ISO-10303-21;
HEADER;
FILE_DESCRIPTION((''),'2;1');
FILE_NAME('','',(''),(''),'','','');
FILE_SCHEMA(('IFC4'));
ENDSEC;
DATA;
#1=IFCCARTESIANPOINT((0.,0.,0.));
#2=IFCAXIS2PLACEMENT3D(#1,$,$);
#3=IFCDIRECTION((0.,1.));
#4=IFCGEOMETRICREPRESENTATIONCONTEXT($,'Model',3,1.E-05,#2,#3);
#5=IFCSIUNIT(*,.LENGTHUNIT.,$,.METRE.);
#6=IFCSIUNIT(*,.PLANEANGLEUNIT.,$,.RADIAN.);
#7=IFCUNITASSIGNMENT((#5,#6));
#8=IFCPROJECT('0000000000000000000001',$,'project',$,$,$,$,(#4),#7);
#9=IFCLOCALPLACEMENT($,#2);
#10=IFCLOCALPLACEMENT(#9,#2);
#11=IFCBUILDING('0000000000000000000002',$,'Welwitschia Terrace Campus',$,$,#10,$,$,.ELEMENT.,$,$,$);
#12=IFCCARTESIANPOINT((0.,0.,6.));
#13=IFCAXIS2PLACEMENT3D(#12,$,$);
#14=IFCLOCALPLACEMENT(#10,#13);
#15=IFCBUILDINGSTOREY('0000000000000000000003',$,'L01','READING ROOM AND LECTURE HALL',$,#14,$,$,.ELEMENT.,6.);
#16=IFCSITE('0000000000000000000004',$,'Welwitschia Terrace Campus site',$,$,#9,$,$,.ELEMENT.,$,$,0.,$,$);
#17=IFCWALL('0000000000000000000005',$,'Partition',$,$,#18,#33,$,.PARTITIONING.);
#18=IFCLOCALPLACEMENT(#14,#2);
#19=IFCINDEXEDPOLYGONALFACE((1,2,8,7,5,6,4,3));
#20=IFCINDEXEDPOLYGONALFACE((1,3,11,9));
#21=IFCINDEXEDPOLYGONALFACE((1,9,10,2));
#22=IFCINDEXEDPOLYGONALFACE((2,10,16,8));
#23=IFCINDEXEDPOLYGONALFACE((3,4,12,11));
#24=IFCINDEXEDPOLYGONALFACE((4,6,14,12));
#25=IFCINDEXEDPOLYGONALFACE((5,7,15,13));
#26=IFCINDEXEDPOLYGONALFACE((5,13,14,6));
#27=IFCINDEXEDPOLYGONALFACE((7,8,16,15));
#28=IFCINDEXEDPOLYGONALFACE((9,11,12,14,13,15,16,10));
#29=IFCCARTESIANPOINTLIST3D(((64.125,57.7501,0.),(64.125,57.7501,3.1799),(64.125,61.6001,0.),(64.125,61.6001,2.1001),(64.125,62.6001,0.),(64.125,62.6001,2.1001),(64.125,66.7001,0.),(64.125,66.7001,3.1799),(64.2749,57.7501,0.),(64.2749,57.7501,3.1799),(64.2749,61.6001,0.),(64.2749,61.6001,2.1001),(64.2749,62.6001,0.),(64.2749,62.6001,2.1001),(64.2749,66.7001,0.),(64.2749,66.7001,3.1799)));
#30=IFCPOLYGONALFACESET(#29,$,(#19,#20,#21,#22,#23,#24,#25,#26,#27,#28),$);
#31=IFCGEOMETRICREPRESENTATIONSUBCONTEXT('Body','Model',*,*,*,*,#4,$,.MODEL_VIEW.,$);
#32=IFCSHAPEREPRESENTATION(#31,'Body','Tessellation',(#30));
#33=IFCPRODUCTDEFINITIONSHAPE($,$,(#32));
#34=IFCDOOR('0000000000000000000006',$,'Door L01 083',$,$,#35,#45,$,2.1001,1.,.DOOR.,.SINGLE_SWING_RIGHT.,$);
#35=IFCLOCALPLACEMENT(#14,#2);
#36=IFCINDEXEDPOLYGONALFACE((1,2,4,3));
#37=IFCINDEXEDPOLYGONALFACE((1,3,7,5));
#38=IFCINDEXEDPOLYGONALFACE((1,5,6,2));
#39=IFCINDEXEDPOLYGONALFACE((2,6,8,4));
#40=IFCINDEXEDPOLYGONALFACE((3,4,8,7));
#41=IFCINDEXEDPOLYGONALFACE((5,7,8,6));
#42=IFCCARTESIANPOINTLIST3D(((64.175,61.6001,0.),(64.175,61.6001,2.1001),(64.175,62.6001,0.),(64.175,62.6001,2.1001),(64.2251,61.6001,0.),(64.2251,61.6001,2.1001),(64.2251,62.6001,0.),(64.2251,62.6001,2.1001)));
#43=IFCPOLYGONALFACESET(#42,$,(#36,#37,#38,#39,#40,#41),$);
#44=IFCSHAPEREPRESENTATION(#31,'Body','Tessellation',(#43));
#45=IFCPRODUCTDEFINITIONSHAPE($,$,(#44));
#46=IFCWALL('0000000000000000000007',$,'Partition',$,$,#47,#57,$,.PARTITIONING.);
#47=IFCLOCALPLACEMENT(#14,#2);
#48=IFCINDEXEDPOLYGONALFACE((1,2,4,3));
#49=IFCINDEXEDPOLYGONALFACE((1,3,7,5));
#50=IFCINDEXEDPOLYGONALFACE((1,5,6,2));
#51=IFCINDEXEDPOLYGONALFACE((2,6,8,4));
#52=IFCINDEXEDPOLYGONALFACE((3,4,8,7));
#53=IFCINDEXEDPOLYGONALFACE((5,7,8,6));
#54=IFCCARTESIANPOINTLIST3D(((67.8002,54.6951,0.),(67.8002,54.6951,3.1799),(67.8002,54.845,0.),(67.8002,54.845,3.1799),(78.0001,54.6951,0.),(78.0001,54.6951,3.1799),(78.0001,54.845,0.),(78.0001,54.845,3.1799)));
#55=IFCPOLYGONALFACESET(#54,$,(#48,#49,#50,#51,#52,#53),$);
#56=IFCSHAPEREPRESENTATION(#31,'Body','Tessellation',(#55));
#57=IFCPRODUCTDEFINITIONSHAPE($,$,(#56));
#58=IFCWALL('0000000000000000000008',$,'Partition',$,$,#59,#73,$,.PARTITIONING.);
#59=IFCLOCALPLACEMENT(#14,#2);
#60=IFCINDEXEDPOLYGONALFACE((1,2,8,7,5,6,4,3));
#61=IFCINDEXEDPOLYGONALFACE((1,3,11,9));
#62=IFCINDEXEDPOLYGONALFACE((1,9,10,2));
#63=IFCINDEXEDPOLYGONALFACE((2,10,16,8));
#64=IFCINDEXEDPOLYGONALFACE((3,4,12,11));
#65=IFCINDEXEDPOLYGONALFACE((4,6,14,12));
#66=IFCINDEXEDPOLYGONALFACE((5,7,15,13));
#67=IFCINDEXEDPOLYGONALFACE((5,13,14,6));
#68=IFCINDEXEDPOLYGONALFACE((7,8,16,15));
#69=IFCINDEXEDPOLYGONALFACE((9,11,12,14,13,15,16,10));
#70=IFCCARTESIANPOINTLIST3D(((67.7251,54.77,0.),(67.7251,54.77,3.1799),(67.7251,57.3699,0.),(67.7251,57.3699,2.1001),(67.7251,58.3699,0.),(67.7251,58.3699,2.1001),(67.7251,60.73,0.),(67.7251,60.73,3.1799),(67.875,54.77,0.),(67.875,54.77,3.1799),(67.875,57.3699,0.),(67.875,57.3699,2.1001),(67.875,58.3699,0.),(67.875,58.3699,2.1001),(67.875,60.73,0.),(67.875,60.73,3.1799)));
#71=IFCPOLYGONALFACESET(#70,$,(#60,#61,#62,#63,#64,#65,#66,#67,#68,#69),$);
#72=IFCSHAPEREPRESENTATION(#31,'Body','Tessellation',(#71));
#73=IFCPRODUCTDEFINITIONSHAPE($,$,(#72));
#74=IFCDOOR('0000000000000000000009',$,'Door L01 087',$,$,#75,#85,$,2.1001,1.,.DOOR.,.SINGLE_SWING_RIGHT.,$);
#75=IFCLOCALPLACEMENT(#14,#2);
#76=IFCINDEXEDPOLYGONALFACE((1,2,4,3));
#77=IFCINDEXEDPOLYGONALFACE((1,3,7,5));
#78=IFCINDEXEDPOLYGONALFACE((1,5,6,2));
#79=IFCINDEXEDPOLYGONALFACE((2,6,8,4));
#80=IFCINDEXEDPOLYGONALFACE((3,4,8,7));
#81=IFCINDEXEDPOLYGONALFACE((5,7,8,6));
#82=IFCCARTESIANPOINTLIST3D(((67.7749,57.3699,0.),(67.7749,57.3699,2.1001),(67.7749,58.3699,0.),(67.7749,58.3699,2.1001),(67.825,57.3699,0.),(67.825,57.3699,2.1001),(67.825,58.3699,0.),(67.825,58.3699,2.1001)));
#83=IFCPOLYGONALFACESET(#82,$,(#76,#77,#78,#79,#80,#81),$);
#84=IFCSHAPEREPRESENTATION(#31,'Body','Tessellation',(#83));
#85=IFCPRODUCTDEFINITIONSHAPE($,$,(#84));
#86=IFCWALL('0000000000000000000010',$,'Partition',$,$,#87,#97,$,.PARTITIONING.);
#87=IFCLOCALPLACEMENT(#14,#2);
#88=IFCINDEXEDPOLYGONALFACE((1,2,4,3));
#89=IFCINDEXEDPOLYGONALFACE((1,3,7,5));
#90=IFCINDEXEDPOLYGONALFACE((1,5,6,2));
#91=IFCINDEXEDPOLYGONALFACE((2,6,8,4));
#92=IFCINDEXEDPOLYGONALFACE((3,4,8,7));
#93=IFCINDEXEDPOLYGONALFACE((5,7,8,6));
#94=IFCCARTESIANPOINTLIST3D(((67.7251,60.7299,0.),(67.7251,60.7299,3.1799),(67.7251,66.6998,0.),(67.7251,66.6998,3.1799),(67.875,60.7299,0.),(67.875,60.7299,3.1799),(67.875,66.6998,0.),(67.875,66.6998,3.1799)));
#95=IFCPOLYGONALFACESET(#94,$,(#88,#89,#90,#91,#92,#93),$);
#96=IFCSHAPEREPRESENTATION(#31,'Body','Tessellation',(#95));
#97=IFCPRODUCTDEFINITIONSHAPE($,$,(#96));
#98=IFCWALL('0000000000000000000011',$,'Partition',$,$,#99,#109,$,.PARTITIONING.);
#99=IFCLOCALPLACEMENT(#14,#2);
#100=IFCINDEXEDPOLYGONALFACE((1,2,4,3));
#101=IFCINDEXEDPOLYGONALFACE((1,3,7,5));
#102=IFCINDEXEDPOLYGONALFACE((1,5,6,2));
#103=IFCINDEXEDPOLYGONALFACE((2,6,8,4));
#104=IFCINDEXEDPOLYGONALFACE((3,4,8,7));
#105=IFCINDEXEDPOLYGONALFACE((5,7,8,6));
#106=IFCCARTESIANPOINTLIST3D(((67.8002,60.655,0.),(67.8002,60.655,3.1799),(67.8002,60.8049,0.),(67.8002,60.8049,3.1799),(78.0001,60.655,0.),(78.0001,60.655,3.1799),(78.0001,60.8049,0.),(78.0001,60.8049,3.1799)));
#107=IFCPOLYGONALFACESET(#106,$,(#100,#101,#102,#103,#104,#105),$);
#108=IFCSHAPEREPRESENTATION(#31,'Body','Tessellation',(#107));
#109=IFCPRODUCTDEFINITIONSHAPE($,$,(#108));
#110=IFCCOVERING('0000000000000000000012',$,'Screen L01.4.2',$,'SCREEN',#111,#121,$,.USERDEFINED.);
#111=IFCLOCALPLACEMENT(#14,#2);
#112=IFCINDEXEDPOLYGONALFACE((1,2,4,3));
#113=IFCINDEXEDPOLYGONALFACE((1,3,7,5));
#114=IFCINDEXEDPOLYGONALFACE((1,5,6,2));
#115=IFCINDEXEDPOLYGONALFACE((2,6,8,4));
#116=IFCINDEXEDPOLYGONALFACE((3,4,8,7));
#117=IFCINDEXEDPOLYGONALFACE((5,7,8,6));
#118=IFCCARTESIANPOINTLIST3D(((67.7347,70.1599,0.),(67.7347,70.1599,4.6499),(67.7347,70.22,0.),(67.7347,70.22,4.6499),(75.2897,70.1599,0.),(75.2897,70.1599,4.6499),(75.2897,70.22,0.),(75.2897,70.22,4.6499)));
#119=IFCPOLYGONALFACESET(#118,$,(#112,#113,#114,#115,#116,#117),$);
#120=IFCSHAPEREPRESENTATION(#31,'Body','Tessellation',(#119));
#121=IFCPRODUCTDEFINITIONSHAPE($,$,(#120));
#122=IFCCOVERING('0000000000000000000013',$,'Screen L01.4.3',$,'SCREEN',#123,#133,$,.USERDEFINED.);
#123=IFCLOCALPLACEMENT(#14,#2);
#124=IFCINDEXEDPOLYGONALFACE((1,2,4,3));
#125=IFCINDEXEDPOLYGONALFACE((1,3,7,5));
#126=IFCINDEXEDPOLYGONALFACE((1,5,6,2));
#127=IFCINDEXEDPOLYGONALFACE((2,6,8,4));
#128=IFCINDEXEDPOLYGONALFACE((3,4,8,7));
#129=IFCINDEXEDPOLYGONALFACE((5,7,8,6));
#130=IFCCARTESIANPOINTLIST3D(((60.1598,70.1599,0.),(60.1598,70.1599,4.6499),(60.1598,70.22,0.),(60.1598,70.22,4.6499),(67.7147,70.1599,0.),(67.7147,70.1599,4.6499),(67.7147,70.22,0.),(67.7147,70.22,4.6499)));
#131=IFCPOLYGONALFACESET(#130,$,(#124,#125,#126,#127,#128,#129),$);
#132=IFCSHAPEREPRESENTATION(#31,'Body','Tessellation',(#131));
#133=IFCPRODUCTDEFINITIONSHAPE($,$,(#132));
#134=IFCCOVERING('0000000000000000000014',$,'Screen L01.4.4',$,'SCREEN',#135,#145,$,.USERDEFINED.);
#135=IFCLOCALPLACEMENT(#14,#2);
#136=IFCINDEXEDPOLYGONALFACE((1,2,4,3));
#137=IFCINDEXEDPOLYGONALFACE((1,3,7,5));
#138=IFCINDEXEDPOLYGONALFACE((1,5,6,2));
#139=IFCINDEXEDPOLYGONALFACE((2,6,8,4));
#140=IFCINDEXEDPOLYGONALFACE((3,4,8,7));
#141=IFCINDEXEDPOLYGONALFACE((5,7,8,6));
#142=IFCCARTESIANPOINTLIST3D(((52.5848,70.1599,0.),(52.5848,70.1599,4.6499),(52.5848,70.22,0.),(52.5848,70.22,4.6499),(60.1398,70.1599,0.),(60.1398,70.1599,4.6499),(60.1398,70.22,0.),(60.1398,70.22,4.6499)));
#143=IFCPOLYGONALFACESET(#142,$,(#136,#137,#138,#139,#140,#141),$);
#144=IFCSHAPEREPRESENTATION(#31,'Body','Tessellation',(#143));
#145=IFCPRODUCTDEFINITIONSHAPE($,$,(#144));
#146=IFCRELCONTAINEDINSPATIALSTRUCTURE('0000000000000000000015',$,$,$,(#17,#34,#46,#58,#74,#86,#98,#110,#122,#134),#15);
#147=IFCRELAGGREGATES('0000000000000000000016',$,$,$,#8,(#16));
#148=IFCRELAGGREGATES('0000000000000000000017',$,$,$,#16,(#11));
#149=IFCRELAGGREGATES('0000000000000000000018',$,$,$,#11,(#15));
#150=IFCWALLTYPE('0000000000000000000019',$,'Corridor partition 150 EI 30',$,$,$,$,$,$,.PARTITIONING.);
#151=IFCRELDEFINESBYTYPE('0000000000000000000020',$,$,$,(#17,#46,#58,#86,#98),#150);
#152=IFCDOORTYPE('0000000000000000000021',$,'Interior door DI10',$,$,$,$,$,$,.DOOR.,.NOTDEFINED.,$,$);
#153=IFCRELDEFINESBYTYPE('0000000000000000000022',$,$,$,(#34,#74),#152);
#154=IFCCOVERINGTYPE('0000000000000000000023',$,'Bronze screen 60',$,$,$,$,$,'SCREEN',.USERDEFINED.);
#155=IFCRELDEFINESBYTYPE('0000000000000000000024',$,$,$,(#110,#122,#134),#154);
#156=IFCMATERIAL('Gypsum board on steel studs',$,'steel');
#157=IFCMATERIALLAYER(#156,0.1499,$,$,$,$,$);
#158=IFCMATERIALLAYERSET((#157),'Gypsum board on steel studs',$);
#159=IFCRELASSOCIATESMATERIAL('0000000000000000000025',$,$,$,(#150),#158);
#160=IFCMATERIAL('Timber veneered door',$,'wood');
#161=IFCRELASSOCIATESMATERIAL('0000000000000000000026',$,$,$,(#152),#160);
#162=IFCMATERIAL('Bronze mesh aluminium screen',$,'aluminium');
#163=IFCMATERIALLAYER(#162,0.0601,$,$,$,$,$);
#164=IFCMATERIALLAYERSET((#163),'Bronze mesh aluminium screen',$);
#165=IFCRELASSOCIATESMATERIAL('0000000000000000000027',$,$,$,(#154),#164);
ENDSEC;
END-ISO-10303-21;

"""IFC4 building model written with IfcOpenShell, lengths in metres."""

from ifc_helpers import new_model, si_unit, direction, frame, frame_2d, origin, origin_2d, place, context, subcontext, project, spatial, rectangle, extrude, material, layer, layer_set, type_object, element, fill, save


model = new_model("IFC4")

# Units and contexts
model_context = context("Model", 3, precision=1e-05, world=origin(), true_north=direction((0.0, 1.0)))
body_context = subcontext(model_context, "Body", "Model", "MODEL_VIEW")
ifc_project = project(units=[si_unit("LENGTHUNIT", "METRE"), si_unit("PLANEANGLEUNIT", "RADIAN")], contexts=[model_context])

# Site, building, storey
site_placement = place(None, origin())
site = spatial("IfcSite", under=ifc_project, at=site_placement, Name="Welwitschia Terrace Campus site", CompositionType="ELEMENT", RefElevation=0.0)
building_placement = place(site_placement, origin())
building = spatial("IfcBuilding", under=site, at=building_placement, Name="Welwitschia Terrace Campus", CompositionType="ELEMENT")
storey_placement = place(building_placement, frame((0.0, 0.0, 6.0)))
storey = spatial("IfcBuildingStorey", under=building, at=storey_placement, Name="L01", Description="READING ROOM AND LECTURE HALL", CompositionType="ELEMENT", Elevation=6.0)

# Wall, opening, door
ifc_material_1 = material(Name="Gypsum board on steel studs", Category="steel")
ifc_layer_1 = layer(ifc_material_1, 0.1499)
ifc_layer_set_1 = layer_set([ifc_layer_1], Name="Gypsum board on steel studs")
wall_type = type_object("IfcWallType", Name="Corridor partition 150 EI 30", PredefinedType="PARTITIONING", material=ifc_layer_set_1)
wall_1_placement = place(storey_placement, frame((64.2, 57.75, 0.0), z_axis=(0.0, 0.0, 1.0), x_axis=(0.0, 1.0, 0.0)))
wall_1 = element("IfcWall", 1, at=wall_1_placement, inside=storey, type_object=wall_type, Name="Partition", PredefinedType="PARTITIONING", context=body_context, shape_type="SweptSolid", body=[
    extrude(rectangle(XDim=8.95, YDim=0.1499, at=frame_2d((4.4751, 0.0))), origin(), (0.0, 0.0, 1.0), 3.1799),
])
opening_1_placement = place(wall_1_placement, frame((3.8501, 0.0, 0.0)))
opening_1 = element("IfcOpeningElement", 2, at=opening_1_placement, cuts=wall_1, PredefinedType="OPENING", context=body_context, shape_type="SweptSolid", body=[
    extrude(rectangle(XDim=1.0, YDim=2.1001, at=frame_2d((0.5, 1.05))), frame((0.0, 0.085, 0.0), z_axis=(0.0, -1.0, 0.0), x_axis=(1.0, 0.0, 0.0)), (0.0, 0.0, 1.0), 0.1699),
])
ifc_material_2 = material(Name="Timber veneered door", Category="wood")
door_type = type_object("IfcDoorType", Name="Interior door DI10", OperationType="NOTDEFINED", PredefinedType="DOOR", material=ifc_material_2)
door_1_placement = place(opening_1_placement, origin())
door_1 = element("IfcDoor", 3, at=door_1_placement, inside=storey, type_object=door_type, Name="Door L01 083", OperationType="SINGLE_SWING_RIGHT", OverallHeight=2.1001, OverallWidth=1.0, PredefinedType="DOOR", context=body_context, shape_type="SweptSolid", body=[
    extrude(rectangle(XDim=1.0, YDim=2.1001, at=frame_2d((0.5, 1.05))), frame((0.0, 0.0249, 0.0), z_axis=(0.0, -1.0, 0.0), x_axis=(1.0, 0.0, 0.0)), (0.0, 0.0, 1.0), 0.05),
])
fill(opening_1, door_1)

# Wall
wall_2_placement = place(storey_placement, frame((67.8, 54.77, 0.0), z_axis=(0.0, 0.0, 1.0), x_axis=(1.0, 0.0, 0.0)))
element("IfcWall", 4, at=wall_2_placement, inside=storey, type_object=wall_type, Name="Partition", PredefinedType="PARTITIONING", context=body_context, shape_type="SweptSolid", body=[
    extrude(rectangle(XDim=10.2, YDim=0.1499, at=frame_2d((5.1001, 0.0))), origin(), (0.0, 0.0, 1.0), 3.1799),
])

# Wall, opening, door
wall_3_placement = place(storey_placement, frame((67.8, 60.73, 0.0), z_axis=(0.0, 0.0, 1.0), x_axis=(0.0, -1.0, 0.0)))
wall_3 = element("IfcWall", 5, at=wall_3_placement, inside=storey, type_object=wall_type, Name="Partition", PredefinedType="PARTITIONING", context=body_context, shape_type="SweptSolid", body=[
    extrude(rectangle(XDim=5.96, YDim=0.1499, at=frame_2d((2.98, 0.0))), origin(), (0.0, 0.0, 1.0), 3.1799),
])
opening_2_placement = place(wall_3_placement, frame((2.3601, 0.0, 0.0)))
opening_2 = element("IfcOpeningElement", 6, at=opening_2_placement, cuts=wall_3, PredefinedType="OPENING", context=body_context, shape_type="SweptSolid", body=[
    extrude(rectangle(XDim=1.0, YDim=2.1001, at=frame_2d((0.5, 1.05))), frame((0.0, 0.085, 0.0), z_axis=(0.0, -1.0, 0.0), x_axis=(1.0, 0.0, 0.0)), (0.0, 0.0, 1.0), 0.1699),
])
door_2_placement = place(opening_2_placement, origin())
door_2 = element("IfcDoor", 7, at=door_2_placement, inside=storey, type_object=door_type, Name="Door L01 087", OperationType="SINGLE_SWING_RIGHT", OverallHeight=2.1001, OverallWidth=1.0, PredefinedType="DOOR", context=body_context, shape_type="SweptSolid", body=[
    extrude(rectangle(XDim=1.0, YDim=2.1001, at=frame_2d((0.5, 1.05))), frame((0.0, 0.0249, 0.0), z_axis=(0.0, -1.0, 0.0), x_axis=(1.0, 0.0, 0.0)), (0.0, 0.0, 1.0), 0.05),
])
fill(opening_2, door_2)

# Walls
wall_4_placement = place(storey_placement, frame((67.8, 60.73, 0.0), z_axis=(0.0, 0.0, 1.0), x_axis=(0.0, 1.0, 0.0)))
element("IfcWall", 8, at=wall_4_placement, inside=storey, type_object=wall_type, Name="Partition", PredefinedType="PARTITIONING", context=body_context, shape_type="SweptSolid", body=[
    extrude(rectangle(XDim=5.97, YDim=0.1499, at=frame_2d((2.9849, 0.0))), origin(), (0.0, 0.0, 1.0), 3.1799),
])
wall_5_placement = place(storey_placement, frame((67.8, 60.73, 0.0), z_axis=(0.0, 0.0, 1.0), x_axis=(1.0, 0.0, 0.0)))
element("IfcWall", 9, at=wall_5_placement, inside=storey, type_object=wall_type, Name="Partition", PredefinedType="PARTITIONING", context=body_context, shape_type="SweptSolid", body=[
    extrude(rectangle(XDim=10.2, YDim=0.1499, at=frame_2d((5.1001, 0.0))), origin(), (0.0, 0.0, 1.0), 3.1799),
])

# Coverings
ifc_material_3 = material(Name="Bronze mesh aluminium screen", Category="aluminium")
ifc_layer_2 = layer(ifc_material_3, 0.0601)
ifc_layer_set_2 = layer_set([ifc_layer_2], Name="Bronze mesh aluminium screen")
covering_type = type_object("IfcCoveringType", Name="Bronze screen 60", ElementType="SCREEN", PredefinedType="USERDEFINED", material=ifc_layer_set_2)
for number, where, z_axis, x_axis, name in (
    (10, (71.5122, 70.1899, 0.0), (0.0, 0.0, 1.0), (-1.0, 0.0, 0.0), "Screen L01.4.2"),
    (11, (63.9373, 70.1899, 0.0), (0.0, 0.0, 1.0), (-1.0, 0.0, 0.0), "Screen L01.4.3"),
    (12, (56.3623, 70.1899, 0.0), (0.0, 0.0, 1.0), (-1.0, 0.0, 0.0), "Screen L01.4.4"),
):
    element("IfcCovering", number, at=place(storey_placement, frame(where, z_axis=z_axis, x_axis=x_axis)), inside=storey, type_object=covering_type, Name=name, ObjectType="SCREEN", PredefinedType="USERDEFINED", context=body_context, shape_type="SweptSolid", body=[
        extrude(rectangle(XDim=7.5549, YDim=0.0601, at=origin_2d()), origin(), (0.0, 0.0, 1.0), 4.6499),
    ])

save(model, "model.ifc")
